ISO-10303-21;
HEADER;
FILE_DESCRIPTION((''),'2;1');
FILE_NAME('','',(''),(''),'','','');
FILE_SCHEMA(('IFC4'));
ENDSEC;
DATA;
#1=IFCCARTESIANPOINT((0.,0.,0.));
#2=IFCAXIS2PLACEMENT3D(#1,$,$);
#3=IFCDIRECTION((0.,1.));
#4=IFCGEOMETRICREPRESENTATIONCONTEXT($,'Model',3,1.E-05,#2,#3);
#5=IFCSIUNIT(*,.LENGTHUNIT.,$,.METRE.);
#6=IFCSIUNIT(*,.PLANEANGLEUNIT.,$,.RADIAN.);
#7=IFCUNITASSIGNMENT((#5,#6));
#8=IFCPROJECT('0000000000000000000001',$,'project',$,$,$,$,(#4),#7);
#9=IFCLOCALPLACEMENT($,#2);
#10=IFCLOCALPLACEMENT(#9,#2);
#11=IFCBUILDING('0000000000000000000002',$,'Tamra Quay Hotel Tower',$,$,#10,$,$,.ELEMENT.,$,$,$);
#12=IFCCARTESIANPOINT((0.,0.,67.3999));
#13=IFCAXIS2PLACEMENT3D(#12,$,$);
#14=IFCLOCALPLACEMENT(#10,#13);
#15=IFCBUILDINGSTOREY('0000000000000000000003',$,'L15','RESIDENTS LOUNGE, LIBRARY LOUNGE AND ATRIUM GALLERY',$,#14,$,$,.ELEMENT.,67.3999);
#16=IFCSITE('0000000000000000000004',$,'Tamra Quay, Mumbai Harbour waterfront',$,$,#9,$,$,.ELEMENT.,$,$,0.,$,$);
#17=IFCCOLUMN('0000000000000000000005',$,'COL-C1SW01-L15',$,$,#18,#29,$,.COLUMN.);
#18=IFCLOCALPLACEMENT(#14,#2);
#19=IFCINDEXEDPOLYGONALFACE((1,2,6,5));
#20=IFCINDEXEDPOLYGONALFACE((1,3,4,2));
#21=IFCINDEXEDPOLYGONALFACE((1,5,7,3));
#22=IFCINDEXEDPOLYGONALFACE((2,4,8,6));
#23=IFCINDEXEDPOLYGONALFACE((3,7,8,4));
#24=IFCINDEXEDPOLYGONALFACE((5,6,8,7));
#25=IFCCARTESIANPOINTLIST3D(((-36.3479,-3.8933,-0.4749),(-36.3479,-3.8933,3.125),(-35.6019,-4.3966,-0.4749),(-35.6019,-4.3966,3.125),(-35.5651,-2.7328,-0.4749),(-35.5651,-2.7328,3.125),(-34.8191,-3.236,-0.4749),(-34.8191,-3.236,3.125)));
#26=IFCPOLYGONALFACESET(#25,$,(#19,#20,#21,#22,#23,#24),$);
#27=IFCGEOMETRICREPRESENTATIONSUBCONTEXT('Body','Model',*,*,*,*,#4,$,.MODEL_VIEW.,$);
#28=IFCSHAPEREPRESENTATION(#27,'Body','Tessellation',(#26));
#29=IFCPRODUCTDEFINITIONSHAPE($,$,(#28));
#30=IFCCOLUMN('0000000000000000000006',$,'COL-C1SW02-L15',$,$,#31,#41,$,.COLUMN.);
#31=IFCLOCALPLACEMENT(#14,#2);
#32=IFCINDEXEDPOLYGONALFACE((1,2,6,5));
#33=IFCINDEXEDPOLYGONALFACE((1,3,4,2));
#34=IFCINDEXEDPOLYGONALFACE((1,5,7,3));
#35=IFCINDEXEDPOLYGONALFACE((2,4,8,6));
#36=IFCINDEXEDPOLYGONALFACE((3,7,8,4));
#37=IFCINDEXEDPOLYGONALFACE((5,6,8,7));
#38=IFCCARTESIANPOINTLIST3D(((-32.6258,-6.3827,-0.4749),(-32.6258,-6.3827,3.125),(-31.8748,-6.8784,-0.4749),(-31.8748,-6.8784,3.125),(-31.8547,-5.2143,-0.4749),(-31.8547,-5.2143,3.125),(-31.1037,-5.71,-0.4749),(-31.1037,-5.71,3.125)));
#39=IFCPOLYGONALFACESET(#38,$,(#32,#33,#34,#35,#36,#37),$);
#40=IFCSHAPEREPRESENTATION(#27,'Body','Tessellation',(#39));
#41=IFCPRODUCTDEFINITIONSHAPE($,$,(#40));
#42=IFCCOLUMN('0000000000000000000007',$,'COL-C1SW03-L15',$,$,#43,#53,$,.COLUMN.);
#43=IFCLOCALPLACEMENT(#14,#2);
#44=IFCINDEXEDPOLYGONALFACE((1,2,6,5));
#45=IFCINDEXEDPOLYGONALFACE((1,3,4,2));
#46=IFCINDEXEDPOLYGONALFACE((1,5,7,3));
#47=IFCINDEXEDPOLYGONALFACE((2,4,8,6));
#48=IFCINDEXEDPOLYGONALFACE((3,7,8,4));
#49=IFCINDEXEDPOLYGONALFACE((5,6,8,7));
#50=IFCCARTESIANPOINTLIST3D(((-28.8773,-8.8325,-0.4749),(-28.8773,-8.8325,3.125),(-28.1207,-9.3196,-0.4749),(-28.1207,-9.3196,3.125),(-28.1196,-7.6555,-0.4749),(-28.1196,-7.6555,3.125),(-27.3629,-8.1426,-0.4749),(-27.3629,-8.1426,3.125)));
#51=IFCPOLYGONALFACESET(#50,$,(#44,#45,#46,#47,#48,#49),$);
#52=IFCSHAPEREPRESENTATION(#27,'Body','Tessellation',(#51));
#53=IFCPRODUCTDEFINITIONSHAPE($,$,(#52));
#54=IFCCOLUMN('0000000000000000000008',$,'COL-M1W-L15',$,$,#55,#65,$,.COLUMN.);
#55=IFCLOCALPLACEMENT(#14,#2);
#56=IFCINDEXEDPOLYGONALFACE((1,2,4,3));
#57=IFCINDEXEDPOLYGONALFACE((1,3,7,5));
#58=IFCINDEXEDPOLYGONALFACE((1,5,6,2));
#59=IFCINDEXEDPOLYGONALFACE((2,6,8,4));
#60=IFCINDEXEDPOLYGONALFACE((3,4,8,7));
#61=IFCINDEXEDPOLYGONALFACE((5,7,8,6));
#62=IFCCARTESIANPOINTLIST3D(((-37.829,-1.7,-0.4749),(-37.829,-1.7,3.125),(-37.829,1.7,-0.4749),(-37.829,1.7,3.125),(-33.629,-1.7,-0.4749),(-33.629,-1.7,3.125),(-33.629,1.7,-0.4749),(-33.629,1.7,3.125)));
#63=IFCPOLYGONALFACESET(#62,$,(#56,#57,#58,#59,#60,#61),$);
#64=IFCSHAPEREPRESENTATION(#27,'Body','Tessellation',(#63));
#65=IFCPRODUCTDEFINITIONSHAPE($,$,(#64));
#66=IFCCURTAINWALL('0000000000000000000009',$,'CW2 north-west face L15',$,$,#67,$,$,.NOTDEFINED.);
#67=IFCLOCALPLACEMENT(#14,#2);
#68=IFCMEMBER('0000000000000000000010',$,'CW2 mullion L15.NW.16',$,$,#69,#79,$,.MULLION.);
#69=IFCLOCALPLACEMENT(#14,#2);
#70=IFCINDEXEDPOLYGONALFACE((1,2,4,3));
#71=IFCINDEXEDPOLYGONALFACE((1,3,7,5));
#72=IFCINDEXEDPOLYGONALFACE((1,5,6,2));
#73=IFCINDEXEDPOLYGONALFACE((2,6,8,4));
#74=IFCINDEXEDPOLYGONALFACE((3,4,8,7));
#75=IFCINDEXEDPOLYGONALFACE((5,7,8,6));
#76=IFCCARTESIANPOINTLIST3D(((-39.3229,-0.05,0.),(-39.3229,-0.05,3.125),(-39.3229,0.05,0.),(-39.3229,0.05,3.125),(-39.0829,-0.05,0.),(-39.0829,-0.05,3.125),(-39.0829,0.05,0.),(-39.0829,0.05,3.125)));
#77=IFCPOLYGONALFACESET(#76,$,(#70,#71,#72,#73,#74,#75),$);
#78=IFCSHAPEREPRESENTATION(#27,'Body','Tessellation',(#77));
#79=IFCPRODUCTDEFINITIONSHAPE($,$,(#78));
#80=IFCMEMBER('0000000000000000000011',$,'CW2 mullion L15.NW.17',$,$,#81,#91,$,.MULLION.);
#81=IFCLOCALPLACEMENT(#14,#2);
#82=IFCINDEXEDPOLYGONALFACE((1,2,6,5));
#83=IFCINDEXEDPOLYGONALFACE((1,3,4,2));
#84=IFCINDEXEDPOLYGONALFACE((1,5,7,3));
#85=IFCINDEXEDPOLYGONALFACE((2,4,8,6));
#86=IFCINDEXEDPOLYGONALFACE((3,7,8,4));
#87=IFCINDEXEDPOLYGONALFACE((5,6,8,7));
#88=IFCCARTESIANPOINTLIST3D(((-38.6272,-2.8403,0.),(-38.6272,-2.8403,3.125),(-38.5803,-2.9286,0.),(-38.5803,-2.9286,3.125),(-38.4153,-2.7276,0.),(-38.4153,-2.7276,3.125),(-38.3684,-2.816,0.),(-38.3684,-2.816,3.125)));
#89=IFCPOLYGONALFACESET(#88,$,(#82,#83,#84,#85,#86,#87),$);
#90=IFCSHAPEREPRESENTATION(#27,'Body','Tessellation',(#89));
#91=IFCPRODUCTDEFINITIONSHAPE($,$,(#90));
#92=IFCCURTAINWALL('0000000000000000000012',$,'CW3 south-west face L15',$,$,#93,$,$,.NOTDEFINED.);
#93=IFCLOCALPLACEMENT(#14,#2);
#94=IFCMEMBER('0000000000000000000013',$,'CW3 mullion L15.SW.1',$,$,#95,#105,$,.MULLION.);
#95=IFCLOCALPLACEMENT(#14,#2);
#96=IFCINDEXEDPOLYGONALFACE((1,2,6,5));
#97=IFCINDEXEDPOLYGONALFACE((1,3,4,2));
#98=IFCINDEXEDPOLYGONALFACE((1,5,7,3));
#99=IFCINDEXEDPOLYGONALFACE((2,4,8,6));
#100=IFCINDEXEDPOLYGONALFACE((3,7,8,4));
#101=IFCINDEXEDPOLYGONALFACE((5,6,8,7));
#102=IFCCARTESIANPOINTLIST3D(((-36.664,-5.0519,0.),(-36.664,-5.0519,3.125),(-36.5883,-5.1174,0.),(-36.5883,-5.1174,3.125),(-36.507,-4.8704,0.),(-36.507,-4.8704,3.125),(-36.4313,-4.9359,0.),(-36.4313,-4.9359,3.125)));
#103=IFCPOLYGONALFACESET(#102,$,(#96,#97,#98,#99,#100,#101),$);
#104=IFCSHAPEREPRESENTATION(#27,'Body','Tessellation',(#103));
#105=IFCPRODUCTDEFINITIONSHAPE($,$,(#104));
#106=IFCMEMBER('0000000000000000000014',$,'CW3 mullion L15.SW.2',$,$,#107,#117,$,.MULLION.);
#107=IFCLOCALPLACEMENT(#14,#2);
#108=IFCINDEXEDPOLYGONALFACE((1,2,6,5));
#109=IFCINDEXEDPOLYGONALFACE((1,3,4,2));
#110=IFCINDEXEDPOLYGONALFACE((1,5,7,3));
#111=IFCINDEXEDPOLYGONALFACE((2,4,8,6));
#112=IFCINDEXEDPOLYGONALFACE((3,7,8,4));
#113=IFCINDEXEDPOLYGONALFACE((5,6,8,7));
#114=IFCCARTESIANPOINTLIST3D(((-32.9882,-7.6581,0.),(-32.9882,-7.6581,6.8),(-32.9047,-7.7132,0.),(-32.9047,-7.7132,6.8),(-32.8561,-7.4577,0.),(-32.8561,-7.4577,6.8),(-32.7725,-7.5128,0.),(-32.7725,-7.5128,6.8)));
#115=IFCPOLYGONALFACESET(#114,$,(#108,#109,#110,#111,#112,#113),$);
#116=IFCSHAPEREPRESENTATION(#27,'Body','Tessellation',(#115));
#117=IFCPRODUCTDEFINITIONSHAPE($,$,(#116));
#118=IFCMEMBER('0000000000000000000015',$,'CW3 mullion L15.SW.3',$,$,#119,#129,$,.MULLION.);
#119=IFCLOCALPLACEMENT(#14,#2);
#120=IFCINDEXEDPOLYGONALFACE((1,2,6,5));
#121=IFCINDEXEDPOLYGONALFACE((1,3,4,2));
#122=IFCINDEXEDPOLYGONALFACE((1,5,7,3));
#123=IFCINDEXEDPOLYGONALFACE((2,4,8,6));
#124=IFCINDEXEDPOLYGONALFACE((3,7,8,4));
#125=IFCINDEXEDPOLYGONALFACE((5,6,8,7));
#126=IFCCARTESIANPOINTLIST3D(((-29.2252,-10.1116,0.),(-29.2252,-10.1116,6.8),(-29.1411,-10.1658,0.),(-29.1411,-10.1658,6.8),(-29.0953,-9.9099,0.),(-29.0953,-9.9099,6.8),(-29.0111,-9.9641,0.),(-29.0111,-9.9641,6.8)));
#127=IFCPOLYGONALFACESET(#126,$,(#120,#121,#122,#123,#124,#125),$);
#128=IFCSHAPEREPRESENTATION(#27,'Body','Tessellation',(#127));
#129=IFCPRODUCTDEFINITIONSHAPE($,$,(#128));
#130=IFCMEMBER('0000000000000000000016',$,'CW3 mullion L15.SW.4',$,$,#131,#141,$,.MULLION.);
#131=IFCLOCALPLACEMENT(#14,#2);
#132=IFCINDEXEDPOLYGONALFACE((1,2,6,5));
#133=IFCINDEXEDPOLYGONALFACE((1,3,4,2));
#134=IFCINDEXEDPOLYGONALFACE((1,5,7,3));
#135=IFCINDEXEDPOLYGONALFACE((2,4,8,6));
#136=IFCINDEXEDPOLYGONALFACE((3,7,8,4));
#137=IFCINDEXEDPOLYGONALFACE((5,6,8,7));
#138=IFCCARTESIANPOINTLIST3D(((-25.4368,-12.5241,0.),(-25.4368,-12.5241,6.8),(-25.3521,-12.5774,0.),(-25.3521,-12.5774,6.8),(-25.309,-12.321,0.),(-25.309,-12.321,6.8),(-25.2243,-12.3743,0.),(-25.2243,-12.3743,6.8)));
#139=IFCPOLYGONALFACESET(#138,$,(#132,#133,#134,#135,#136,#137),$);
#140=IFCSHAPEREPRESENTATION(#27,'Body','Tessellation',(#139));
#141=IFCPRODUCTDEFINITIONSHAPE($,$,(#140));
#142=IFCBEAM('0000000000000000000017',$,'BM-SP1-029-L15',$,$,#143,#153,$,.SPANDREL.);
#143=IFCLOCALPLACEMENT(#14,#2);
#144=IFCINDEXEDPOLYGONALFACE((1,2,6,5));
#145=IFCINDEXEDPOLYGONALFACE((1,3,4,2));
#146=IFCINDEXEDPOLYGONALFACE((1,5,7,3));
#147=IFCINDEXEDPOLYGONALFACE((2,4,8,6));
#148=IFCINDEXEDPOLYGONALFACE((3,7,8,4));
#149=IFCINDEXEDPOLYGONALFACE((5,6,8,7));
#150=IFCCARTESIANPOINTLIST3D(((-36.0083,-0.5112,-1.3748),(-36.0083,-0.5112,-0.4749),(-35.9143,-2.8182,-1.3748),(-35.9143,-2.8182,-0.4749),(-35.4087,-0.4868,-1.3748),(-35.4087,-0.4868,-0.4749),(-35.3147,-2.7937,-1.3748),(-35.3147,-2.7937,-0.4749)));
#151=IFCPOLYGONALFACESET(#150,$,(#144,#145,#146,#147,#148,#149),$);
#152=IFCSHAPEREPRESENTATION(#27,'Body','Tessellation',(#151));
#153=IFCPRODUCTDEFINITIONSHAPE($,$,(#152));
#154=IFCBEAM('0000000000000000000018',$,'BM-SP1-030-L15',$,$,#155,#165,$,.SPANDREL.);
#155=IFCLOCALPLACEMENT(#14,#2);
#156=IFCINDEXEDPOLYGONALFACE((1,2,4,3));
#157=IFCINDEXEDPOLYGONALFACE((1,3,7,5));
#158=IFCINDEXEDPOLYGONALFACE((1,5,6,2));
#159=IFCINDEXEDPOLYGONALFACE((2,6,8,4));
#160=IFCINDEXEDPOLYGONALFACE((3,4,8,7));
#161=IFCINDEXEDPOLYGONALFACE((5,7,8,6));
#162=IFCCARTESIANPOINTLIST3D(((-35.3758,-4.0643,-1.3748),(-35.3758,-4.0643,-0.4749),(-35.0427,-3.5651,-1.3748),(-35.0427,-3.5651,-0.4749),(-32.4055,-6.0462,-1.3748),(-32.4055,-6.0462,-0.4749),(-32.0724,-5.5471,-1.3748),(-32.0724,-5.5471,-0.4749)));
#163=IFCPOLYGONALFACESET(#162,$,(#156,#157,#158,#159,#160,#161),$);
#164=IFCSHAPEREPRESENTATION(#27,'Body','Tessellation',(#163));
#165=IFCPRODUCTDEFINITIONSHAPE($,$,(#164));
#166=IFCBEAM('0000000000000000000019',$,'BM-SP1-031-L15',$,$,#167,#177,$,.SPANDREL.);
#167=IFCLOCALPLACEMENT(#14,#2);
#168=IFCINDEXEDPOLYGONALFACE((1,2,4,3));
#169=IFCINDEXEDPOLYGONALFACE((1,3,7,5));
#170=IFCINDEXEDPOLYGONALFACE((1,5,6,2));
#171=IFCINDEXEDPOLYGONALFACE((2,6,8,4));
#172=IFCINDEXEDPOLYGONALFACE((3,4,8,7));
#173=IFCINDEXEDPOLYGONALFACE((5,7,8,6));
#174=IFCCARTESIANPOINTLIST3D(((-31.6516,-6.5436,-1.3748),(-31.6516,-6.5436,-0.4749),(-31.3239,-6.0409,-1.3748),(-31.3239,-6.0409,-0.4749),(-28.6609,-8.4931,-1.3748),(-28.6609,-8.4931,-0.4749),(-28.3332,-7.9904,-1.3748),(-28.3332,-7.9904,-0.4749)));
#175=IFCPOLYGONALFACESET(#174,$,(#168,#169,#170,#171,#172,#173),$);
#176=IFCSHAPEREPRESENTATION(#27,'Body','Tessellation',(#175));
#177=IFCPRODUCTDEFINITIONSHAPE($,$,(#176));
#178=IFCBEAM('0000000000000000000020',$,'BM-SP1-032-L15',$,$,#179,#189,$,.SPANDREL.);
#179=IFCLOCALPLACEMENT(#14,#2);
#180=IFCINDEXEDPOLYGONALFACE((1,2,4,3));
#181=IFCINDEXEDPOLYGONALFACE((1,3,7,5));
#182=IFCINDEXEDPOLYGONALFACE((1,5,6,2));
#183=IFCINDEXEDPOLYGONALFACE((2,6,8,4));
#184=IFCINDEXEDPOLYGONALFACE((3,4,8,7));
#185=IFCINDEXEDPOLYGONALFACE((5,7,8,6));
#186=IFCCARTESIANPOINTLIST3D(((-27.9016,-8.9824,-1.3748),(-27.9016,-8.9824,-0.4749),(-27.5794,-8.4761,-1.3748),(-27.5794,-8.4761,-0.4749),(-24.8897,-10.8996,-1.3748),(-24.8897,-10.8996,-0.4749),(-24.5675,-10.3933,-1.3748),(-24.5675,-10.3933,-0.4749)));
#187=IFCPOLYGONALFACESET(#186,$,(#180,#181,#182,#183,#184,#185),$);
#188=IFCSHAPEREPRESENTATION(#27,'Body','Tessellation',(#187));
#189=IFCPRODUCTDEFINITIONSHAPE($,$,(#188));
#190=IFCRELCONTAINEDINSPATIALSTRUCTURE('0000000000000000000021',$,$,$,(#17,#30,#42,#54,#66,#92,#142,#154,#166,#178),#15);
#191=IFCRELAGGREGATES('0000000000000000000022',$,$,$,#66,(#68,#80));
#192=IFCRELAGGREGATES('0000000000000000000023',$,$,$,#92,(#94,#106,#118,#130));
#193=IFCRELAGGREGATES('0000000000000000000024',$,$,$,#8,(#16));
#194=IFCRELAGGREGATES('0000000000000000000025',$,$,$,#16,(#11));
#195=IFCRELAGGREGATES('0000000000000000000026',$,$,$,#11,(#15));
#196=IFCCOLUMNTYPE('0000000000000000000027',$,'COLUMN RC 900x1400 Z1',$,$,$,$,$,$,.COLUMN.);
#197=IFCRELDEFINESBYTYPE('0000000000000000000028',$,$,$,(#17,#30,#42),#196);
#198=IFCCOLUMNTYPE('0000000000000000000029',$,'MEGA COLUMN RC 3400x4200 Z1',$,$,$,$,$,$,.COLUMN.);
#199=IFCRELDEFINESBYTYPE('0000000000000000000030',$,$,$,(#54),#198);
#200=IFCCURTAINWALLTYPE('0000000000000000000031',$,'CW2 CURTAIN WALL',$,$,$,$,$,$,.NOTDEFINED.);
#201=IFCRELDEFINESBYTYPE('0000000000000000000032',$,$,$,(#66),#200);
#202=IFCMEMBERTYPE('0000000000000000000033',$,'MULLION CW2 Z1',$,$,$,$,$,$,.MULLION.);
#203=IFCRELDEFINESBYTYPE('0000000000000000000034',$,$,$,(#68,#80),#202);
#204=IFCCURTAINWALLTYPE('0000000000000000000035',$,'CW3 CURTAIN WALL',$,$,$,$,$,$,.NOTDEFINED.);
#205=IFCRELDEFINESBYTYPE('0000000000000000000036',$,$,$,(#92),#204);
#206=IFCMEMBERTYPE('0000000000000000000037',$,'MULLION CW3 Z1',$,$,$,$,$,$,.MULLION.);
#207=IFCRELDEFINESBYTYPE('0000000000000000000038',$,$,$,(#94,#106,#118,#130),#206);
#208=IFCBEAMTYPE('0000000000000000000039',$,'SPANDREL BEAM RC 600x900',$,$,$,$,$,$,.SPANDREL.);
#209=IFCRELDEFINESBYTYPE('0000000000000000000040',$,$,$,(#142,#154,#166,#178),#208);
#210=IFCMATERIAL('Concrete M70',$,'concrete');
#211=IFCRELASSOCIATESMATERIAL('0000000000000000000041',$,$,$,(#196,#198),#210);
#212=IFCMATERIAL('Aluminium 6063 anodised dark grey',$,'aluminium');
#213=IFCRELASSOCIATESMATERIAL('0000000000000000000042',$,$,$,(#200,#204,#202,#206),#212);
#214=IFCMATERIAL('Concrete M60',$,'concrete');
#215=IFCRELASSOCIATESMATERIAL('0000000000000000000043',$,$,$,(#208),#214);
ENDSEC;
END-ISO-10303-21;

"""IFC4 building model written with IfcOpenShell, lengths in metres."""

from ifc_helpers import new_model, si_unit, direction, frame, origin, origin_2d, place, context, subcontext, project, spatial, rectangle, extrude, material, material_profile, profile_set, type_object, element, aggregate, save


model = new_model("IFC4")

# Units and contexts
model_context = context("Model", 3, precision=1e-05, world=origin(), true_north=direction((0.0, 1.0)))
body_context = subcontext(model_context, "Body", "Model", "MODEL_VIEW")
ifc_project = project(units=[si_unit("LENGTHUNIT", "METRE"), si_unit("PLANEANGLEUNIT", "RADIAN")], contexts=[model_context])

# Site, building, storey
site_placement = place(None, origin())
site = spatial("IfcSite", under=ifc_project, at=site_placement, Name="Tamra Quay, Mumbai Harbour waterfront", CompositionType="ELEMENT", RefElevation=0.0)
building_placement = place(site_placement, origin())
building = spatial("IfcBuilding", under=site, at=building_placement, Name="Tamra Quay Hotel Tower", CompositionType="ELEMENT")
storey_placement = place(building_placement, frame((0.0, 0.0, 67.3999)))
storey = spatial("IfcBuildingStorey", under=building, at=storey_placement, Name="L15", Description="RESIDENTS LOUNGE, LIBRARY LOUNGE AND ATRIUM GALLERY", CompositionType="ELEMENT", Elevation=67.3999)

# Columns
ifc_material_1 = material(Name="Concrete M70", Category="concrete")
ifc_material_profile_1 = material_profile(ifc_material_1, rectangle(XDim=1.3999, YDim=0.8999, at=origin_2d()), Name="COLUMN RC 900x1400 Z1")
ifc_profile_set_1 = profile_set([ifc_material_profile_1], Name="Concrete M70")
column_type_1 = type_object("IfcColumnType", Name="COLUMN RC 900x1400 Z1", PredefinedType="COLUMN", material=ifc_profile_set_1)
for number, where, z_axis, x_axis, name in (
    (1, (-35.5835, -3.5647, -0.4749), (0.0, 0.0, 1.0), (0.55922, 0.829019, 0.0), "COL-C1SW01-L15"),
    (2, (-31.8647, -6.0464, -0.4749), (0.0, 0.0, 1.0), (0.550838, 0.834612, 0.0), "COL-C1SW02-L15"),
    (3, (-28.1201, -8.4875, -0.4749), (0.0, 0.0, 1.0), (0.541283, 0.840841, 0.0), "COL-C1SW03-L15"),
):
    element("IfcColumn", number, at=place(storey_placement, frame(where, z_axis=z_axis, x_axis=x_axis)), inside=storey, type_object=column_type_1, Name=name, PredefinedType="COLUMN", context=body_context, shape_type="SweptSolid", body=[
        extrude(rectangle(XDim=1.3999, YDim=0.8999, at=origin_2d()), origin(), (0.0, 0.0, 1.0), 3.5999),
    ])
ifc_material_profile_2 = material_profile(ifc_material_1, rectangle(XDim=4.2, YDim=3.3999, at=origin_2d()), Name="MEGA COLUMN RC 3400x4200 Z1")
ifc_profile_set_2 = profile_set([ifc_material_profile_2], Name="Concrete M70")
column_type_2 = type_object("IfcColumnType", Name="MEGA COLUMN RC 3400x4200 Z1", PredefinedType="COLUMN", material=ifc_profile_set_2)
column_placement = place(storey_placement, frame((-35.729, 0.0, -0.4749), z_axis=(0.0, 0.0, 1.0), x_axis=(1.0, 0.0, 0.0)))
element("IfcColumn", 4, at=column_placement, inside=storey, type_object=column_type_2, Name="COL-M1W-L15", PredefinedType="COLUMN", context=body_context, shape_type="SweptSolid", body=[
    extrude(rectangle(XDim=4.2, YDim=3.3999, at=origin_2d()), origin(), (0.0, 0.0, 1.0), 3.5999),
])

# Curtain walls, members
ifc_material_2 = material(Name="Aluminium 6063 anodised dark grey", Category="aluminium")
curtain_wall_type_1 = type_object("IfcCurtainWallType", Name="CW2 CURTAIN WALL", PredefinedType="NOTDEFINED", material=ifc_material_2)
curtain_wall_1_placement = place(storey_placement, origin())
curtain_wall_1 = element("IfcCurtainWall", 5, at=curtain_wall_1_placement, inside=storey, type_object=curtain_wall_type_1, Name="CW2 north-west face L15", PredefinedType="NOTDEFINED")
ifc_material_profile_3 = material_profile(ifc_material_2, rectangle(XDim=0.24, YDim=0.1001, at=origin_2d()), Name="MULLION 100X240")
ifc_profile_set_3 = profile_set([ifc_material_profile_3], Name="Aluminium 6063 anodised dark grey")
member_type_1 = type_object("IfcMemberType", Name="MULLION CW2 Z1", PredefinedType="MULLION", material=ifc_profile_set_3)
member_1_placement = place(storey_placement, frame((-39.2029, 0.0, 0.0), z_axis=(0.0, 0.0, 1.0), x_axis=(-1.0, 0.0, 0.0)))
member_1 = element("IfcMember", 6, at=member_1_placement, type_object=member_type_1, Name="CW2 mullion L15.NW.16", PredefinedType="MULLION", context=body_context, shape_type="SweptSolid", body=[
    extrude(rectangle(XDim=0.24, YDim=0.1001, at=origin_2d()), origin(), (0.0, 0.0, 1.0), 3.125),
])
member_2_placement = place(storey_placement, frame((-38.4978, -2.8281, 0.0), z_axis=(0.0, 0.0, 1.0), x_axis=(-0.882955, -0.469457, 0.0)))
member_2 = element("IfcMember", 7, at=member_2_placement, type_object=member_type_1, Name="CW2 mullion L15.NW.17", PredefinedType="MULLION", context=body_context, shape_type="SweptSolid", body=[
    extrude(rectangle(XDim=0.24, YDim=0.1001, at=origin_2d()), origin(), (0.0, 0.0, 1.0), 3.125),
])
curtain_wall_type_2 = type_object("IfcCurtainWallType", Name="CW3 CURTAIN WALL", PredefinedType="NOTDEFINED", material=ifc_material_2)
curtain_wall_2_placement = place(storey_placement, origin())
curtain_wall_2 = element("IfcCurtainWall", 8, at=curtain_wall_2_placement, inside=storey, type_object=curtain_wall_type_2, Name="CW3 south-west face L15", PredefinedType="NOTDEFINED")
ifc_material_profile_4 = material_profile(ifc_material_2, rectangle(XDim=0.24, YDim=0.1001, at=origin_2d()), Name="MULLION 100X240")
ifc_profile_set_4 = profile_set([ifc_material_profile_4], Name="Aluminium 6063 anodised dark grey")
member_type_2 = type_object("IfcMemberType", Name="MULLION CW3 Z1", PredefinedType="MULLION", material=ifc_profile_set_4)
member_3_placement = place(storey_placement, frame((-36.5476, -4.9939, 0.0), z_axis=(0.0, 0.0, 1.0), x_axis=(-0.654197, -0.756324, 0.0)))
member_3 = element("IfcMember", 9, at=member_3_placement, type_object=member_type_2, Name="CW3 mullion L15.SW.1", PredefinedType="MULLION", context=body_context, shape_type="SweptSolid", body=[
    extrude(rectangle(XDim=0.24, YDim=0.1001, at=origin_2d()), origin(), (0.0, 0.0, 1.0), 3.125),
])
member_4_placement = place(storey_placement, frame((-32.8804, -7.5854, 0.0), z_axis=(0.0, 0.0, 1.0), x_axis=(-0.550591, -0.834775, 0.0)))
member_4 = element("IfcMember", 10, at=member_4_placement, type_object=member_type_2, Name="CW3 mullion L15.SW.2", PredefinedType="MULLION", context=body_context, shape_type="SweptSolid", body=[
    extrude(rectangle(XDim=0.24, YDim=0.1001, at=origin_2d()), origin(), (0.0, 0.0, 1.0), 6.8),
])
member_5_placement = place(storey_placement, frame((-29.1182, -10.0378, 0.0), z_axis=(0.0, 0.0, 1.0), x_axis=(-0.541561, -0.840662, 0.0)))
member_5 = element("IfcMember", 11, at=member_5_placement, type_object=member_type_2, Name="CW3 mullion L15.SW.3", PredefinedType="MULLION", context=body_context, shape_type="SweptSolid", body=[
    extrude(rectangle(XDim=0.24, YDim=0.1001, at=origin_2d()), origin(), (0.0, 0.0, 1.0), 6.8),
])
member_6_placement = place(storey_placement, frame((-25.3306, -12.4492, 0.0), z_axis=(0.0, 0.0, 1.0), x_axis=(-0.532447, -0.846463, 0.0)))
member_6 = element("IfcMember", 12, at=member_6_placement, type_object=member_type_2, Name="CW3 mullion L15.SW.4", PredefinedType="MULLION", context=body_context, shape_type="SweptSolid", body=[
    extrude(rectangle(XDim=0.24, YDim=0.1001, at=origin_2d()), origin(), (0.0, 0.0, 1.0), 6.8),
])

# Beams
ifc_material_3 = material(Name="Concrete M60", Category="concrete")
ifc_material_profile_5 = material_profile(ifc_material_3, rectangle(XDim=0.6001, YDim=0.8999, at=origin_2d()), Name="SPANDREL BEAM RC 600x900")
ifc_profile_set_5 = profile_set([ifc_material_profile_5], Name="Concrete M60")
beam_type = type_object("IfcBeamType", Name="SPANDREL BEAM RC 600x900", PredefinedType="SPANDREL", material=ifc_profile_set_5)
beam_1_placement = place(storey_placement, frame((-35.7085, -0.499, -0.9248), z_axis=(0.040711, -0.999171, 0.0), x_axis=(0.999171, 0.040711, 0.0)))
element("IfcBeam", 13, at=beam_1_placement, inside=storey, type_object=beam_type, Name="BM-SP1-029-L15", PredefinedType="SPANDREL", context=body_context, shape_type="SweptSolid", body=[
    extrude(rectangle(XDim=0.6001, YDim=0.8999, at=origin_2d()), origin(), (0.0, 0.0, 1.0), 2.3088),
])
beam_2_placement = place(storey_placement, frame((-35.2092, -3.8147, -0.9248), z_axis=(0.831819, -0.555047, 0.0), x_axis=(0.555047, 0.831819, 0.0)))
element("IfcBeam", 14, at=beam_2_placement, inside=storey, type_object=beam_type, Name="BM-SP1-030-L15", PredefinedType="SPANDREL", context=body_context, shape_type="SweptSolid", body=[
    extrude(rectangle(XDim=0.6001, YDim=0.8999, at=origin_2d()), origin(), (0.0, 0.0, 1.0), 3.5708),
])
beam_3_placement = place(storey_placement, frame((-31.4878, -6.2922, -0.9248), z_axis=(0.83774, -0.54607, 0.0), x_axis=(0.54607, 0.83774, 0.0)))
element("IfcBeam", 15, at=beam_3_placement, inside=storey, type_object=beam_type, Name="BM-SP1-031-L15", PredefinedType="SPANDREL", context=body_context, shape_type="SweptSolid", body=[
    extrude(rectangle(XDim=0.6001, YDim=0.8999, at=origin_2d()), origin(), (0.0, 0.0, 1.0), 3.5701),
])
beam_4_placement = place(storey_placement, frame((-27.7405, -8.7292, -0.9248), z_axis=(0.843594, -0.536982, 0.0), x_axis=(0.536982, 0.843594, 0.0)))
element("IfcBeam", 16, at=beam_4_placement, inside=storey, type_object=beam_type, Name="BM-SP1-032-L15", PredefinedType="SPANDREL", context=body_context, shape_type="SweptSolid", body=[
    extrude(rectangle(XDim=0.6001, YDim=0.8999, at=origin_2d()), origin(), (0.0, 0.0, 1.0), 3.5703),
])

aggregate(curtain_wall_1, [member_1, member_2])
aggregate(curtain_wall_2, [member_3, member_4, member_5, member_6])

save(model, "model.ifc")
